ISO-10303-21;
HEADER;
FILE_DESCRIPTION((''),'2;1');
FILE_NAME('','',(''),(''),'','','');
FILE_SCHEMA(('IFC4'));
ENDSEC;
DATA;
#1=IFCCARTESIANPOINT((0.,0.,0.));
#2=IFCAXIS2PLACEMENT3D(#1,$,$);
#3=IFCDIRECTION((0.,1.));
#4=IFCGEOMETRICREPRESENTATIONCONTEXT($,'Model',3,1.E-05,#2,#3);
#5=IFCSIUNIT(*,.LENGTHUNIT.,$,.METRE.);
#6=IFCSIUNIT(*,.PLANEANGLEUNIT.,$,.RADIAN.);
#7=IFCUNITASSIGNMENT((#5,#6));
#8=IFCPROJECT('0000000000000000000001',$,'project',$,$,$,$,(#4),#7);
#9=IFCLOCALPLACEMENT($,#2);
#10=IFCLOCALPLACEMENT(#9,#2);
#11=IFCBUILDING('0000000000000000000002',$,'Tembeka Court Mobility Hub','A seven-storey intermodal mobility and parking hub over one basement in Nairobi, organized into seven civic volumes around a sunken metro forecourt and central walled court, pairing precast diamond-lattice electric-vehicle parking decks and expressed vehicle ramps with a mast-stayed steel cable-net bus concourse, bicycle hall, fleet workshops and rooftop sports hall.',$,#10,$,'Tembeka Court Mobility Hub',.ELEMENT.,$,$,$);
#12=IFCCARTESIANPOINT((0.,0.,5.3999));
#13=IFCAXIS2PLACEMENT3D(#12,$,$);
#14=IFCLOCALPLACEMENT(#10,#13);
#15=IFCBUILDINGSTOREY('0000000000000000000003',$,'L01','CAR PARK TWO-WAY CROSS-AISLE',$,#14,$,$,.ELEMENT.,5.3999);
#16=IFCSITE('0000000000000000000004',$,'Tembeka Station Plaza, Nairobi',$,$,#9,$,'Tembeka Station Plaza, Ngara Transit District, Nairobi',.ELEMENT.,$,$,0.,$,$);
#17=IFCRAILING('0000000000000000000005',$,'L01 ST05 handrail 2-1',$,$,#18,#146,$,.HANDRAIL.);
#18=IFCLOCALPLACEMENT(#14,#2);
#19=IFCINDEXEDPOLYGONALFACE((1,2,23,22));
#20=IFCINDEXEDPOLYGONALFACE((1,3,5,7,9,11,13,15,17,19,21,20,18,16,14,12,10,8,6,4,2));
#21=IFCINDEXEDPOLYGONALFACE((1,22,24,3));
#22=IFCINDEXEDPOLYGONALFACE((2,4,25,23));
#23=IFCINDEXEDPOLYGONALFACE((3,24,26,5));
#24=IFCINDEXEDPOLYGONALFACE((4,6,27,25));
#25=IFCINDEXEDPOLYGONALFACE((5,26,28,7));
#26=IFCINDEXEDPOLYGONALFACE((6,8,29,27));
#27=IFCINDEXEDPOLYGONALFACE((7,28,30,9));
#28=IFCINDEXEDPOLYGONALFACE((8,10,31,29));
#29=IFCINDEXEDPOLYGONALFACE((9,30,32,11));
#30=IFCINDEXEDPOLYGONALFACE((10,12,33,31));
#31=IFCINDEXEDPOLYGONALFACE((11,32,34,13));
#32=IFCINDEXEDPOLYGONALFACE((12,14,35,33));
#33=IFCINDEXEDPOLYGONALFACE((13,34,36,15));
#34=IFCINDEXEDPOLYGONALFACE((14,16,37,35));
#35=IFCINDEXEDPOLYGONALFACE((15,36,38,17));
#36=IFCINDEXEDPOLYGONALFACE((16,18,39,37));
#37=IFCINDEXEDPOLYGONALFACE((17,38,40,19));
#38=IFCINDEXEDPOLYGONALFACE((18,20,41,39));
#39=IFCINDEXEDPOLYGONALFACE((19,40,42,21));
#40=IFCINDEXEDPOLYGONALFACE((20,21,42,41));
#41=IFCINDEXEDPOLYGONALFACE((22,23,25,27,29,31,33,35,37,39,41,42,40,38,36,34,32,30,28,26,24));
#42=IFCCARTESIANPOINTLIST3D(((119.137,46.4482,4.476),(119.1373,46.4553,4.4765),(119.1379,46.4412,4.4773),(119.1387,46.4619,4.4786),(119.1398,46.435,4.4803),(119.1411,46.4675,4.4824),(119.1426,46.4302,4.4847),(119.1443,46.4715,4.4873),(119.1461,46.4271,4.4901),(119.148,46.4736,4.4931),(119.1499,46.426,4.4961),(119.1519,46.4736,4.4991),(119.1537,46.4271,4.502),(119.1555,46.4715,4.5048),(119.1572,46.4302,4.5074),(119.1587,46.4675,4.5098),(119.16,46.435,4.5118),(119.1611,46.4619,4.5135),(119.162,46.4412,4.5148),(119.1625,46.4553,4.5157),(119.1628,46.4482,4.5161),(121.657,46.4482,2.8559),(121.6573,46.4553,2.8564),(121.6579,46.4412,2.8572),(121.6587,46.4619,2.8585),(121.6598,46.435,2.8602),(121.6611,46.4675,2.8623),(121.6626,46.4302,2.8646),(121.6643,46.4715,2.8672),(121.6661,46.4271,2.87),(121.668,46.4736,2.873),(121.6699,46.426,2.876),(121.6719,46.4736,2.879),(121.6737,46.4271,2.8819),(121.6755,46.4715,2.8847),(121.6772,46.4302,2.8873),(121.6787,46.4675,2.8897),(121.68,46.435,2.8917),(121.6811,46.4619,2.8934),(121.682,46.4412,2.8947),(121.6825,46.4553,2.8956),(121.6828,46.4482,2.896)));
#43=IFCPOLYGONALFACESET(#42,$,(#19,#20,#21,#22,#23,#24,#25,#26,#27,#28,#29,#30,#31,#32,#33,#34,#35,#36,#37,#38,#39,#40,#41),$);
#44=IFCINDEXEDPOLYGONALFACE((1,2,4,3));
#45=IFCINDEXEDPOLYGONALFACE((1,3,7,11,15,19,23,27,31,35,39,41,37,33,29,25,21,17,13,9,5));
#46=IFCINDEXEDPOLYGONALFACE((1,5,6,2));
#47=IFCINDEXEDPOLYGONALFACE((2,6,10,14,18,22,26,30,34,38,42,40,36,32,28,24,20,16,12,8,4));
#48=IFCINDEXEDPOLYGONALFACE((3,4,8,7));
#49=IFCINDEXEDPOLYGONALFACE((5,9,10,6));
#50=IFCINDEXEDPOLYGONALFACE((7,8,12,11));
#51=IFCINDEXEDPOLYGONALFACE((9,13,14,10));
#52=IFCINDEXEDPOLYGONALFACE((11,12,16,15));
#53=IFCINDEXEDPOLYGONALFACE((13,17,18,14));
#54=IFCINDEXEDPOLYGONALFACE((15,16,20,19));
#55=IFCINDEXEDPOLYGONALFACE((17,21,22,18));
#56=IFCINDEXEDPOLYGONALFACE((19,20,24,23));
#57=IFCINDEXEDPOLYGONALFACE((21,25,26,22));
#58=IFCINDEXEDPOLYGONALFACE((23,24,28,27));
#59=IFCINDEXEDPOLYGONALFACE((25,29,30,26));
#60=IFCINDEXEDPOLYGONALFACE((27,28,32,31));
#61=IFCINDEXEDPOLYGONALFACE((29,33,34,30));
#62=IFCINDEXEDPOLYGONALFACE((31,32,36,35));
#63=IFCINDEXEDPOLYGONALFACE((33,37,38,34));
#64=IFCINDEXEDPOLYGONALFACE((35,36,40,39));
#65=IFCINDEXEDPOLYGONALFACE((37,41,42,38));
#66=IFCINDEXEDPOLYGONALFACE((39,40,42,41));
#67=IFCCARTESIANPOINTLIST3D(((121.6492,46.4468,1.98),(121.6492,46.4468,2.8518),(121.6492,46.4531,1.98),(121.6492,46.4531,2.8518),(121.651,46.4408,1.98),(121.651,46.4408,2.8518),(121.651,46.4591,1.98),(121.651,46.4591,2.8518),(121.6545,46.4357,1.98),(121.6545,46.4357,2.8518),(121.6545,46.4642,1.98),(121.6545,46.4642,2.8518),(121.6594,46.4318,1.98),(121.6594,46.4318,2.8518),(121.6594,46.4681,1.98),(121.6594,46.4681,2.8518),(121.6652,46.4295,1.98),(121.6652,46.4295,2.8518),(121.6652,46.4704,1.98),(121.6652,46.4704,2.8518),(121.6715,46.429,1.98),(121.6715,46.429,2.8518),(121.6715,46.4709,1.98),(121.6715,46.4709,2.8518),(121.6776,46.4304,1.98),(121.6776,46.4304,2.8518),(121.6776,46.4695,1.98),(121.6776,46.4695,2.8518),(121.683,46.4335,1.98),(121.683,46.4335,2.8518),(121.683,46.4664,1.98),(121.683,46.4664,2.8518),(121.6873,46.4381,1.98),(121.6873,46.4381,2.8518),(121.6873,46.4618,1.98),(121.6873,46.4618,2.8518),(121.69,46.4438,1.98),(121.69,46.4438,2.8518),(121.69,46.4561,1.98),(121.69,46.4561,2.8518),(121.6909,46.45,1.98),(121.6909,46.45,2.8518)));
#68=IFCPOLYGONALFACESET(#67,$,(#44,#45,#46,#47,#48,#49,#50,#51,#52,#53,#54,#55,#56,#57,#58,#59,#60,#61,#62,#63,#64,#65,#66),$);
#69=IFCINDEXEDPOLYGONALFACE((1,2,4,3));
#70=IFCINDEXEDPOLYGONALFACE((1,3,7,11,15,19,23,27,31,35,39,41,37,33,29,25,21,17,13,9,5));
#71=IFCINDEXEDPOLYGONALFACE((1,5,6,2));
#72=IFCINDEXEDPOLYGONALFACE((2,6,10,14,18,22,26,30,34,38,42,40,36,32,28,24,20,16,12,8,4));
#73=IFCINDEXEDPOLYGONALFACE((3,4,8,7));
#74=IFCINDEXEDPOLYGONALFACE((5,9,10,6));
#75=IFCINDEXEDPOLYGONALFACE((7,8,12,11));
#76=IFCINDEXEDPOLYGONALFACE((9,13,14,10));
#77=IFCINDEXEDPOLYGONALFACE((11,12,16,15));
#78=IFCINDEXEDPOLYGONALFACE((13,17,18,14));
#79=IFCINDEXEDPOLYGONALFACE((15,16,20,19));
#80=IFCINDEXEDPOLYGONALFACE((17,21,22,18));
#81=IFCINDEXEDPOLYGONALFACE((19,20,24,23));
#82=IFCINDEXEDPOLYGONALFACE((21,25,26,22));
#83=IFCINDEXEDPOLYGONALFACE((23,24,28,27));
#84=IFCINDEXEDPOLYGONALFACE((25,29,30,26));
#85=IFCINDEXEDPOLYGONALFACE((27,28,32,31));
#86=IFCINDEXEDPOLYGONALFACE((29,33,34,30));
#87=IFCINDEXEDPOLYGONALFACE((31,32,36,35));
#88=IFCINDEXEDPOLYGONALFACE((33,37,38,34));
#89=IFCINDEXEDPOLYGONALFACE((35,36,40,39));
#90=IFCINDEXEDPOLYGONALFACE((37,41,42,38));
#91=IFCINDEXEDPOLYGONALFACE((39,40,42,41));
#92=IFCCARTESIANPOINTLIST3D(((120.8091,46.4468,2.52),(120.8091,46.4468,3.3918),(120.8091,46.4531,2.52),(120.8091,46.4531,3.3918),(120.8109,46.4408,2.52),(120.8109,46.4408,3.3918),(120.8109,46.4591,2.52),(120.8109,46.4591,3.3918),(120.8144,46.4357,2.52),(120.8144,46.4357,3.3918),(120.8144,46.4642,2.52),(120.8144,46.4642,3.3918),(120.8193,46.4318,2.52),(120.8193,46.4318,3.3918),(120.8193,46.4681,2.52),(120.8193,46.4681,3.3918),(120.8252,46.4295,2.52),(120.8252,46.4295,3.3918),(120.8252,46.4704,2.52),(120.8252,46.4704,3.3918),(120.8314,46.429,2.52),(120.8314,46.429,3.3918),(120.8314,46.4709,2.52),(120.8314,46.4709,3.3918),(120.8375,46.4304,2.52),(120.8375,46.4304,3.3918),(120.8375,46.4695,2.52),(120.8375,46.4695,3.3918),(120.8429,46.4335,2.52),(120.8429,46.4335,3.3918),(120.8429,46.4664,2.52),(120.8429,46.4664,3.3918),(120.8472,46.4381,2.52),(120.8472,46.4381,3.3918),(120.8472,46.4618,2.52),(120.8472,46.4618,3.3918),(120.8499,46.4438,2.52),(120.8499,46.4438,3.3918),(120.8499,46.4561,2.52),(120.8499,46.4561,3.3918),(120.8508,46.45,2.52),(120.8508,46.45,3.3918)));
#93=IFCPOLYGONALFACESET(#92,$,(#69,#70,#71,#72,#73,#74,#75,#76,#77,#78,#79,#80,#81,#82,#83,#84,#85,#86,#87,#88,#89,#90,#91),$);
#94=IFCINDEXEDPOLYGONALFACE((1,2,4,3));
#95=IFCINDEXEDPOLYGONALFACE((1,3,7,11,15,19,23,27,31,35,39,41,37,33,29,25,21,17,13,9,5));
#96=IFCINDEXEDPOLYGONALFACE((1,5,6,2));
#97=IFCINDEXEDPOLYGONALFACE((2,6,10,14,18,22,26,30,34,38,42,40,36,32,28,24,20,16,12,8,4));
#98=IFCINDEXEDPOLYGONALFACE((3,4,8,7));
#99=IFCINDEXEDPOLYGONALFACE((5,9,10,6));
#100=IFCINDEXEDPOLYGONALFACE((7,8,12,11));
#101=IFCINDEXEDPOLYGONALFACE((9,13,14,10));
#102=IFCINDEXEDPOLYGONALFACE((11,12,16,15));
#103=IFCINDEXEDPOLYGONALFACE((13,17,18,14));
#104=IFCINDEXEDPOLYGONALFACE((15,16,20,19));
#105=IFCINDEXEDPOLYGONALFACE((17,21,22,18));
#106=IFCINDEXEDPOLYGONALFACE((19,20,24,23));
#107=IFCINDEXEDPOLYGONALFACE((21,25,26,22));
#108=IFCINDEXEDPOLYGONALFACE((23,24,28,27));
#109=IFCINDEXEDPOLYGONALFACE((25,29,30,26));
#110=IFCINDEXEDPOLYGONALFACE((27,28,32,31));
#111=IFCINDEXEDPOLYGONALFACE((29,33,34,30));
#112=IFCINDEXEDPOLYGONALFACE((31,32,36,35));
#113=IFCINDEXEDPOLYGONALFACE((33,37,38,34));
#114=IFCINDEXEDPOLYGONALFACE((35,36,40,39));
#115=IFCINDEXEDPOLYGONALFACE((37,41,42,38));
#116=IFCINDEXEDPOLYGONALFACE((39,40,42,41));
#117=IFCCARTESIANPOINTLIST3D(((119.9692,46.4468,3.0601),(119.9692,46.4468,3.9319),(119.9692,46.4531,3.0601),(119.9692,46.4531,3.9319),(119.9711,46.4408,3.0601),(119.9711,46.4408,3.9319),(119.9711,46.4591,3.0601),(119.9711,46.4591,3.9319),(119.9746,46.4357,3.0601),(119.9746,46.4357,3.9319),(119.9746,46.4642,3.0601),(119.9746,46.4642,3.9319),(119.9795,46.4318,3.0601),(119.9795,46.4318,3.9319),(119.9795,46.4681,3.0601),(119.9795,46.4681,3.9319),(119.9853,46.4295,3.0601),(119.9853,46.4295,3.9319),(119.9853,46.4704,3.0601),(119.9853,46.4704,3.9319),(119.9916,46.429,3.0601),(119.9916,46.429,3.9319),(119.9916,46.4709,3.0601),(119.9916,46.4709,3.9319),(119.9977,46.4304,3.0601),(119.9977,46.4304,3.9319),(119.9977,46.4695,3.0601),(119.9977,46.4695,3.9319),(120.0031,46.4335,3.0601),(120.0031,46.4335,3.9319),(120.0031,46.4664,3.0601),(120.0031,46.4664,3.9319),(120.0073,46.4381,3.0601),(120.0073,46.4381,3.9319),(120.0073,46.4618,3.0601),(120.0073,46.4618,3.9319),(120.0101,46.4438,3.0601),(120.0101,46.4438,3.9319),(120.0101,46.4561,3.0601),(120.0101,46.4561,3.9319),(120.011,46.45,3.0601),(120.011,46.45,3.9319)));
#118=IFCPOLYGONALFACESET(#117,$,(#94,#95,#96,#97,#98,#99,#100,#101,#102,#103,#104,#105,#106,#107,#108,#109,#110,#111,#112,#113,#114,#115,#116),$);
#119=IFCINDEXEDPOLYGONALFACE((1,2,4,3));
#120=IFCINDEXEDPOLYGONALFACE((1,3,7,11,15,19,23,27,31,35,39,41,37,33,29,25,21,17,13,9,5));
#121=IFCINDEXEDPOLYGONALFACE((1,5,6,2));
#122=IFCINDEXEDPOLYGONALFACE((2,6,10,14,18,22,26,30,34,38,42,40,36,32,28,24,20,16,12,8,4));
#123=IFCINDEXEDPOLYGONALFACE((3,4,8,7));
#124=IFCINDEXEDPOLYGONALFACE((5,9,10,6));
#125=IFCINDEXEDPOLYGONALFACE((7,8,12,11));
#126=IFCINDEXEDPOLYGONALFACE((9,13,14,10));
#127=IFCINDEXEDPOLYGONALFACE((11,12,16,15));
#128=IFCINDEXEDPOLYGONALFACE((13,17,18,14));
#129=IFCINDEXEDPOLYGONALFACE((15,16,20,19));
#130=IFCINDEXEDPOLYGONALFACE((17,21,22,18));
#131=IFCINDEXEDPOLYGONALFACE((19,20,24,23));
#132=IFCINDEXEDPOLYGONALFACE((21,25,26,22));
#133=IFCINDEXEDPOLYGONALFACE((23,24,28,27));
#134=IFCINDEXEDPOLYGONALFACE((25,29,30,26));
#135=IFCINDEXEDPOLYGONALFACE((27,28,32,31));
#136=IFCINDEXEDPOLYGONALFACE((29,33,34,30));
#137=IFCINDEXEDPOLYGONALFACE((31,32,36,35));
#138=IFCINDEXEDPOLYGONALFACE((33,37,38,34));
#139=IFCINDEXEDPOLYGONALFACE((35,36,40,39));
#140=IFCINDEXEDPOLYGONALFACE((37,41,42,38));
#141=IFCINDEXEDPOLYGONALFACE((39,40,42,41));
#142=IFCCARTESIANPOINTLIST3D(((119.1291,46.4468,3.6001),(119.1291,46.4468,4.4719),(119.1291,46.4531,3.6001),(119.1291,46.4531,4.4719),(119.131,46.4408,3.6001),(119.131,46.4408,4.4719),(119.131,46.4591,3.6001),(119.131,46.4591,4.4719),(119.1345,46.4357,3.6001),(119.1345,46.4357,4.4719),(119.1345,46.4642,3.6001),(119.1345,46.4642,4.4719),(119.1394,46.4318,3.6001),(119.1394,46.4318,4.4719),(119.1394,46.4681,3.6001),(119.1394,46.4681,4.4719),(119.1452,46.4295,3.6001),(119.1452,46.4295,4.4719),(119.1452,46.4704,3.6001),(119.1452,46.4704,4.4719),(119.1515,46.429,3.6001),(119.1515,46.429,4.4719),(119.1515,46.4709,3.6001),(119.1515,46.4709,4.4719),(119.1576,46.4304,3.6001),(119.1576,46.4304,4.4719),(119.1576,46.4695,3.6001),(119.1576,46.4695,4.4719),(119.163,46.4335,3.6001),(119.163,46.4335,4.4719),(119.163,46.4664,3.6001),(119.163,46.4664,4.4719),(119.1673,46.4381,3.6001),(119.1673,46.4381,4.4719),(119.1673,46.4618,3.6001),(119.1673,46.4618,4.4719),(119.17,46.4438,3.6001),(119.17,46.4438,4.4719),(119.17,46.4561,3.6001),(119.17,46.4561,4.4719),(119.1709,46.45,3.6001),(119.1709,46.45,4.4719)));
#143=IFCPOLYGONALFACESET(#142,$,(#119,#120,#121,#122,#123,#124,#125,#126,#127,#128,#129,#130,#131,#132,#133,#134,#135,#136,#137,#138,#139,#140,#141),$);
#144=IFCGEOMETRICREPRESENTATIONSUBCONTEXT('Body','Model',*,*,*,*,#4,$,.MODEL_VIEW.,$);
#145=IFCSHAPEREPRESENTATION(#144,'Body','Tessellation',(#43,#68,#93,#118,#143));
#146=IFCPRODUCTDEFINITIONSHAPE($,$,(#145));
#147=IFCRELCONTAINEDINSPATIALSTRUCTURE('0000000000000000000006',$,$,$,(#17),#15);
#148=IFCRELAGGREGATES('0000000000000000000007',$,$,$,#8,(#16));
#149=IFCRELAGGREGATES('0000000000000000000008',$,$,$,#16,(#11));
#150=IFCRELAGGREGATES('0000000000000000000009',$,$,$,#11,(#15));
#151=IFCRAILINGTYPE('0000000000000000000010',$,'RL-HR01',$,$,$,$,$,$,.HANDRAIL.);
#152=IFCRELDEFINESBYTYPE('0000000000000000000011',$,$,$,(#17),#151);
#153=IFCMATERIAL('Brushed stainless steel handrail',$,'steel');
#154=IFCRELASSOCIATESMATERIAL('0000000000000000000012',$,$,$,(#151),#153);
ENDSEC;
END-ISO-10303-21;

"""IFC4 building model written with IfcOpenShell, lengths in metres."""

from ifc_helpers import new_model, si_unit, direction, frame, origin, origin_2d, place, context, subcontext, project, spatial, circle, extrude, material, type_object, element, save


model = new_model("IFC4")

# Units and contexts
model_context = context("Model", 3, precision=1e-05, world=origin(), true_north=direction((0.0, 1.0)))
body_context = subcontext(model_context, "Body", "Model", "MODEL_VIEW")
ifc_project = project(units=[si_unit("LENGTHUNIT", "METRE"), si_unit("PLANEANGLEUNIT", "RADIAN")], contexts=[model_context])

# Site, building, storey
site_placement = place(None, origin())
site = spatial("IfcSite", under=ifc_project, at=site_placement, Name="Tembeka Station Plaza, Nairobi", LongName="Tembeka Station Plaza, Ngara Transit District, Nairobi", CompositionType="ELEMENT", RefElevation=0.0)
building_placement = place(site_placement, origin())
building = spatial("IfcBuilding", under=site, at=building_placement, Name="Tembeka Court Mobility Hub", Description="A seven-storey intermodal mobility and parking hub over one basement in Nairobi, organized into seven civic volumes around a sunken metro forecourt and central walled court, pairing precast diamond-lattice electric-vehicle parking decks and expressed vehicle ramps with a mast-stayed steel cable-net bus concourse, bicycle hall, fleet workshops and rooftop sports hall.", LongName="Tembeka Court Mobility Hub", CompositionType="ELEMENT")
storey_placement = place(building_placement, frame((0.0, 0.0, 5.3999)))
storey = spatial("IfcBuildingStorey", under=building, at=storey_placement, Name="L01", Description="CAR PARK TWO-WAY CROSS-AISLE", CompositionType="ELEMENT", Elevation=5.3999)

# Railing
ifc_material_1 = material(Name="Brushed stainless steel handrail", Category="steel")
railing_type_1 = type_object("IfcRailingType", Name="RL-HR01", PredefinedType="HANDRAIL", material=ifc_material_1)
railing_1_placement = place(storey_placement, frame((121.6699, 46.45, 1.98)))
element("IfcRailing", 1, at=railing_1_placement, inside=storey, type_object=railing_type_1, Name="L01 ST05 handrail 2-1", PredefinedType="HANDRAIL", context=body_context, shape_type="SweptSolid", body=[
    extrude(circle(Radius=0.0239, at=origin_2d()), frame((0.0, 0.0, 0.896), z_axis=(-0.841163, 0.0, 0.540782), x_axis=(0.0, -1.0, 0.0)), (0.0, 0.0, 1.0), 2.9958),
    extrude(circle(Radius=0.021, at=origin_2d()), origin(), (0.0, 0.0, 1.0), 0.8718),
    extrude(circle(Radius=0.021, at=origin_2d()), frame((-0.8401, 0.0, 0.54)), (0.0, 0.0, 1.0), 0.8718),
    extrude(circle(Radius=0.021, at=origin_2d()), frame((-1.6799, 0.0, 1.0801)), (0.0, 0.0, 1.0), 0.8718),
    extrude(circle(Radius=0.021, at=origin_2d()), frame((-2.52, 0.0, 1.6201)), (0.0, 0.0, 1.0), 0.8718),
])

save(model, "model.ifc")
